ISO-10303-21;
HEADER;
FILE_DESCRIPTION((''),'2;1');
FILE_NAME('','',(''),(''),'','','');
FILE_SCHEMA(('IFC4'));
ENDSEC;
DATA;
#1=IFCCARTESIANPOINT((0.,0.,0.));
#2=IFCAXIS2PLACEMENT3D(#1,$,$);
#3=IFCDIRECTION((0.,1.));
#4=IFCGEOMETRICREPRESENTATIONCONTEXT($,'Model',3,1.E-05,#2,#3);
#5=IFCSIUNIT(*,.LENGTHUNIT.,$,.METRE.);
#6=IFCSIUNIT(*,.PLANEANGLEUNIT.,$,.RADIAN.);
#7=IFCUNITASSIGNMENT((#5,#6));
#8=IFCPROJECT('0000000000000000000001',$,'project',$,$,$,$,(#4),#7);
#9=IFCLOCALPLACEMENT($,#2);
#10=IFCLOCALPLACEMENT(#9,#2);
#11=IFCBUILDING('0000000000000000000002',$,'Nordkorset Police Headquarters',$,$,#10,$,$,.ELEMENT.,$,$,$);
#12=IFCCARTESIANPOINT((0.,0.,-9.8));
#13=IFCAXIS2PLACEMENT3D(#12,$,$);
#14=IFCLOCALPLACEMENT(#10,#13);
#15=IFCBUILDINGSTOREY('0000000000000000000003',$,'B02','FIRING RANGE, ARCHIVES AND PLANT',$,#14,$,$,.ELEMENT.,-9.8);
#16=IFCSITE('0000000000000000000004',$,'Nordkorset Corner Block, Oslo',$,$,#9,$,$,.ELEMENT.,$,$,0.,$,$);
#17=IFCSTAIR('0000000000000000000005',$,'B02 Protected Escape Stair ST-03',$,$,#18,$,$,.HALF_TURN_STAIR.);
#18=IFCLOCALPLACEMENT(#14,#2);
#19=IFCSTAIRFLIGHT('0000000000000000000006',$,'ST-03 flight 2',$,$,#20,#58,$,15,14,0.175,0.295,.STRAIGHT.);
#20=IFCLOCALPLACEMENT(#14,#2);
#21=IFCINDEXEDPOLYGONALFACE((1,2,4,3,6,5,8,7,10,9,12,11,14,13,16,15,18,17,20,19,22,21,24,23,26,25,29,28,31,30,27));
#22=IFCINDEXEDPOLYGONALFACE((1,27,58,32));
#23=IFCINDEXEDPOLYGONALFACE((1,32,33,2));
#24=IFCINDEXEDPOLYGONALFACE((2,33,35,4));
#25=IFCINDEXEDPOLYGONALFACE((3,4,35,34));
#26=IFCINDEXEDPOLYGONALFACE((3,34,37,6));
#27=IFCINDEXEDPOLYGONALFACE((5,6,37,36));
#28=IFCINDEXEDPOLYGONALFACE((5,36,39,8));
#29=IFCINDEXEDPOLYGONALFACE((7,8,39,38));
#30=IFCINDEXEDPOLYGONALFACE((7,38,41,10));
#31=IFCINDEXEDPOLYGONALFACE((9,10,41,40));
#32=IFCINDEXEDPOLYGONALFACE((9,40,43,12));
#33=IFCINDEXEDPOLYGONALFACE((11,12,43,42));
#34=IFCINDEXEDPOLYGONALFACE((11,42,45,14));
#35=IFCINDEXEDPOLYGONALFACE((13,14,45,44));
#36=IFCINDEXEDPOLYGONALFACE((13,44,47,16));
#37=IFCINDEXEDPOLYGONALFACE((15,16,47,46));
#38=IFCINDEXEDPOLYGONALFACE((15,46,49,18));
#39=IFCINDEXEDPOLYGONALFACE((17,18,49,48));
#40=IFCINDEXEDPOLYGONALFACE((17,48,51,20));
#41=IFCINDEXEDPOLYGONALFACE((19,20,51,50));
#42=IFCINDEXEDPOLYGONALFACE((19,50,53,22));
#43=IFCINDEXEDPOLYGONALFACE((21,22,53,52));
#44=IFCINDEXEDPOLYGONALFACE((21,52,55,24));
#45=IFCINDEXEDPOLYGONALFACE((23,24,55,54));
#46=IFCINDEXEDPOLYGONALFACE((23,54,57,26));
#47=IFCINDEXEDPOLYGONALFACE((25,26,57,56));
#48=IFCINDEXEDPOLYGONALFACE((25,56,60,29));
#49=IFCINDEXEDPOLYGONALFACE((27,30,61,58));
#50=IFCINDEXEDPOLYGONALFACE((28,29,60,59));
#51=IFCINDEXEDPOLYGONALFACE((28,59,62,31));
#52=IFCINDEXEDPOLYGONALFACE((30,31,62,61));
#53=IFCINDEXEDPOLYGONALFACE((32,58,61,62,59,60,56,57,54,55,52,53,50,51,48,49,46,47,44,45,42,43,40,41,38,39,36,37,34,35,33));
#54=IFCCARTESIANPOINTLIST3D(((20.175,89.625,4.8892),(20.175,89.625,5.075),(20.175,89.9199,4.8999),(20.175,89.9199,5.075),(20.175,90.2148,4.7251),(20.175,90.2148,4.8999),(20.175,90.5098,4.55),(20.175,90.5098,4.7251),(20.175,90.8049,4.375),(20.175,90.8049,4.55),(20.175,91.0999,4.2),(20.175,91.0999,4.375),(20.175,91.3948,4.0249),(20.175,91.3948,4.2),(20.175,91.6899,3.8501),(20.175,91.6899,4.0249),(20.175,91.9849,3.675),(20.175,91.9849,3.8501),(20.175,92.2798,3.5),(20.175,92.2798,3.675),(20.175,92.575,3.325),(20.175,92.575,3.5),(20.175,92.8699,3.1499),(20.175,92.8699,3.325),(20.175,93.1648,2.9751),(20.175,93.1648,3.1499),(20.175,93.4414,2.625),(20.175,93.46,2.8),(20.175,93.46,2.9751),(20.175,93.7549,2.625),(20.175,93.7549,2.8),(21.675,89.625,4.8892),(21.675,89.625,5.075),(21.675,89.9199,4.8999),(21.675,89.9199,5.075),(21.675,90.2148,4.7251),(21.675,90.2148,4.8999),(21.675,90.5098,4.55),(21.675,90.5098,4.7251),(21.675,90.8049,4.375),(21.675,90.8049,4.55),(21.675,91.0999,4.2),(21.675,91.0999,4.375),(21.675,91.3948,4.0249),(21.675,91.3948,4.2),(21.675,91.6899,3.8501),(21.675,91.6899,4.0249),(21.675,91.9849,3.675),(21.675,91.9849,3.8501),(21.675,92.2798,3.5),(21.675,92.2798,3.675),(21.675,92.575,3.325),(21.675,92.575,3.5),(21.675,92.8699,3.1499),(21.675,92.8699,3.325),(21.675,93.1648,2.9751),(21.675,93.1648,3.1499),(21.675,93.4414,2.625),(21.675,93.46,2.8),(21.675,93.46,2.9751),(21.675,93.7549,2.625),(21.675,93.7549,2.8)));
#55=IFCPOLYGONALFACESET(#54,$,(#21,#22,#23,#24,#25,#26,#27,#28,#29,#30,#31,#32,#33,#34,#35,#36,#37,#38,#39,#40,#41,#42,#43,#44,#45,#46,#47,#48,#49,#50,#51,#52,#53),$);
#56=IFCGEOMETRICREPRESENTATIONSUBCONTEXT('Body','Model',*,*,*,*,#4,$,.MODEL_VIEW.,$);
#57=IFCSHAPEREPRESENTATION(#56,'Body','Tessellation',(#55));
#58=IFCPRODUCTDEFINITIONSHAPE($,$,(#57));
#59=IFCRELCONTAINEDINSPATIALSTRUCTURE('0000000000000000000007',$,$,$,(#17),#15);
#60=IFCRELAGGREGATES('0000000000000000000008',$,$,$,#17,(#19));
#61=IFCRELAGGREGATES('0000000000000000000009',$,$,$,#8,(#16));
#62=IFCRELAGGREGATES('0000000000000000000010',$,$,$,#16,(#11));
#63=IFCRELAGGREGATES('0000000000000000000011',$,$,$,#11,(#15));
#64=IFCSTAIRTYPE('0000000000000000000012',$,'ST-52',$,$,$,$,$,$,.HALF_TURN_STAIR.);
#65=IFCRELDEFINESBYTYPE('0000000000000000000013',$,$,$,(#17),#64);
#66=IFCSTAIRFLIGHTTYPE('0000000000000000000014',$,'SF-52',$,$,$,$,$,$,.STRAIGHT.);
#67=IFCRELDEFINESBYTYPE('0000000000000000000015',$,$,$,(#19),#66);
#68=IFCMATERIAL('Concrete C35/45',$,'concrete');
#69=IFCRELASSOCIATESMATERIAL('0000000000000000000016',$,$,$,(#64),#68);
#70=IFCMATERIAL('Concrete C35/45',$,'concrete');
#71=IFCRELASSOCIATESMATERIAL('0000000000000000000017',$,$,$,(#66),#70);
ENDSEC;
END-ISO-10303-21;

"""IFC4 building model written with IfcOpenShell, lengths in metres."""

from ifc_helpers import new_model, si_unit, direction, frame, origin, place, context, subcontext, project, spatial, polyline, outline, extrude, material, type_object, element, aggregate, save


model = new_model("IFC4")

# Units and contexts
model_context = context("Model", 3, precision=1e-05, world=origin(), true_north=direction((0.0, 1.0)))
body_context = subcontext(model_context, "Body", "Model", "MODEL_VIEW")
ifc_project = project(units=[si_unit("LENGTHUNIT", "METRE"), si_unit("PLANEANGLEUNIT", "RADIAN")], contexts=[model_context])

# Site, building, storey
site_placement = place(None, origin())
site = spatial("IfcSite", under=ifc_project, at=site_placement, Name="Nordkorset Corner Block, Oslo", CompositionType="ELEMENT", RefElevation=0.0)
building_placement = place(site_placement, origin())
building = spatial("IfcBuilding", under=site, at=building_placement, Name="Nordkorset Police Headquarters", CompositionType="ELEMENT")
storey_placement = place(building_placement, frame((0.0, 0.0, -9.8)))
storey = spatial("IfcBuildingStorey", under=building, at=storey_placement, Name="B02", Description="FIRING RANGE, ARCHIVES AND PLANT", CompositionType="ELEMENT", Elevation=-9.8)

# Stair, stair flight
ifc_material_1 = material(Name="Concrete C35/45", Category="concrete")
stair_type = type_object("IfcStairType", Name="ST-52", PredefinedType="HALF_TURN_STAIR", material=ifc_material_1)
stair_placement = place(storey_placement, origin())
stair = element("IfcStair", 1, at=stair_placement, inside=storey, type_object=stair_type, Name="B02 Protected Escape Stair ST-03", PredefinedType="HALF_TURN_STAIR")
ifc_material_2 = material(Name="Concrete C35/45", Category="concrete")
stair_flight_type = type_object("IfcStairFlightType", Name="SF-52", PredefinedType="STRAIGHT", material=ifc_material_2)
stair_flight_1_placement = place(storey_placement, frame((20.925, 93.7549, 2.625), z_axis=(0.0, 0.0, 1.0), x_axis=(0.0, -1.0, 0.0)))
stair_flight_1 = element("IfcStairFlight", 2, at=stair_flight_1_placement, type_object=stair_flight_type, Name="ST-03 flight 2", NumberOfRisers=15, NumberOfTreads=14, PredefinedType="STRAIGHT", RiserHeight=0.175, TreadLength=0.295, context=body_context, shape_type="SweptSolid", body=[
    extrude(outline(polyline([(0.0, 0.0), (0.0, 0.175), (0.2949, 0.175), (0.2949, 0.3501), (0.5901, 0.3501), (0.5901, 0.5249), (0.885, 0.5249), (0.885, 0.7), (1.1799, 0.7), (1.1799, 0.875), (1.4751, 0.875), (1.4751, 1.05), (1.77, 1.05), (1.77, 1.2251), (2.0649, 1.2251), (2.0649, 1.3999), (2.3601, 1.3999), (2.3601, 1.575), (2.655, 1.575), (2.655, 1.75), (2.95, 1.75), (2.95, 1.925), (3.2451, 1.925), (3.2451, 2.1001), (3.54, 2.1001), (3.54, 2.2749), (3.835, 2.2749), (3.835, 2.45), (4.1299, 2.45), (4.1299, 2.625), (4.1299, 2.2642), (0.3135, 0.0), (0.0, 0.0)])), frame((0.0, 0.75, 0.0), z_axis=(0.0, -1.0, 0.0), x_axis=(1.0, 0.0, 0.0)), (0.0, 0.0, 1.0), 1.5),
])
aggregate(stair, [stair_flight_1])

save(model, "model.ifc")
